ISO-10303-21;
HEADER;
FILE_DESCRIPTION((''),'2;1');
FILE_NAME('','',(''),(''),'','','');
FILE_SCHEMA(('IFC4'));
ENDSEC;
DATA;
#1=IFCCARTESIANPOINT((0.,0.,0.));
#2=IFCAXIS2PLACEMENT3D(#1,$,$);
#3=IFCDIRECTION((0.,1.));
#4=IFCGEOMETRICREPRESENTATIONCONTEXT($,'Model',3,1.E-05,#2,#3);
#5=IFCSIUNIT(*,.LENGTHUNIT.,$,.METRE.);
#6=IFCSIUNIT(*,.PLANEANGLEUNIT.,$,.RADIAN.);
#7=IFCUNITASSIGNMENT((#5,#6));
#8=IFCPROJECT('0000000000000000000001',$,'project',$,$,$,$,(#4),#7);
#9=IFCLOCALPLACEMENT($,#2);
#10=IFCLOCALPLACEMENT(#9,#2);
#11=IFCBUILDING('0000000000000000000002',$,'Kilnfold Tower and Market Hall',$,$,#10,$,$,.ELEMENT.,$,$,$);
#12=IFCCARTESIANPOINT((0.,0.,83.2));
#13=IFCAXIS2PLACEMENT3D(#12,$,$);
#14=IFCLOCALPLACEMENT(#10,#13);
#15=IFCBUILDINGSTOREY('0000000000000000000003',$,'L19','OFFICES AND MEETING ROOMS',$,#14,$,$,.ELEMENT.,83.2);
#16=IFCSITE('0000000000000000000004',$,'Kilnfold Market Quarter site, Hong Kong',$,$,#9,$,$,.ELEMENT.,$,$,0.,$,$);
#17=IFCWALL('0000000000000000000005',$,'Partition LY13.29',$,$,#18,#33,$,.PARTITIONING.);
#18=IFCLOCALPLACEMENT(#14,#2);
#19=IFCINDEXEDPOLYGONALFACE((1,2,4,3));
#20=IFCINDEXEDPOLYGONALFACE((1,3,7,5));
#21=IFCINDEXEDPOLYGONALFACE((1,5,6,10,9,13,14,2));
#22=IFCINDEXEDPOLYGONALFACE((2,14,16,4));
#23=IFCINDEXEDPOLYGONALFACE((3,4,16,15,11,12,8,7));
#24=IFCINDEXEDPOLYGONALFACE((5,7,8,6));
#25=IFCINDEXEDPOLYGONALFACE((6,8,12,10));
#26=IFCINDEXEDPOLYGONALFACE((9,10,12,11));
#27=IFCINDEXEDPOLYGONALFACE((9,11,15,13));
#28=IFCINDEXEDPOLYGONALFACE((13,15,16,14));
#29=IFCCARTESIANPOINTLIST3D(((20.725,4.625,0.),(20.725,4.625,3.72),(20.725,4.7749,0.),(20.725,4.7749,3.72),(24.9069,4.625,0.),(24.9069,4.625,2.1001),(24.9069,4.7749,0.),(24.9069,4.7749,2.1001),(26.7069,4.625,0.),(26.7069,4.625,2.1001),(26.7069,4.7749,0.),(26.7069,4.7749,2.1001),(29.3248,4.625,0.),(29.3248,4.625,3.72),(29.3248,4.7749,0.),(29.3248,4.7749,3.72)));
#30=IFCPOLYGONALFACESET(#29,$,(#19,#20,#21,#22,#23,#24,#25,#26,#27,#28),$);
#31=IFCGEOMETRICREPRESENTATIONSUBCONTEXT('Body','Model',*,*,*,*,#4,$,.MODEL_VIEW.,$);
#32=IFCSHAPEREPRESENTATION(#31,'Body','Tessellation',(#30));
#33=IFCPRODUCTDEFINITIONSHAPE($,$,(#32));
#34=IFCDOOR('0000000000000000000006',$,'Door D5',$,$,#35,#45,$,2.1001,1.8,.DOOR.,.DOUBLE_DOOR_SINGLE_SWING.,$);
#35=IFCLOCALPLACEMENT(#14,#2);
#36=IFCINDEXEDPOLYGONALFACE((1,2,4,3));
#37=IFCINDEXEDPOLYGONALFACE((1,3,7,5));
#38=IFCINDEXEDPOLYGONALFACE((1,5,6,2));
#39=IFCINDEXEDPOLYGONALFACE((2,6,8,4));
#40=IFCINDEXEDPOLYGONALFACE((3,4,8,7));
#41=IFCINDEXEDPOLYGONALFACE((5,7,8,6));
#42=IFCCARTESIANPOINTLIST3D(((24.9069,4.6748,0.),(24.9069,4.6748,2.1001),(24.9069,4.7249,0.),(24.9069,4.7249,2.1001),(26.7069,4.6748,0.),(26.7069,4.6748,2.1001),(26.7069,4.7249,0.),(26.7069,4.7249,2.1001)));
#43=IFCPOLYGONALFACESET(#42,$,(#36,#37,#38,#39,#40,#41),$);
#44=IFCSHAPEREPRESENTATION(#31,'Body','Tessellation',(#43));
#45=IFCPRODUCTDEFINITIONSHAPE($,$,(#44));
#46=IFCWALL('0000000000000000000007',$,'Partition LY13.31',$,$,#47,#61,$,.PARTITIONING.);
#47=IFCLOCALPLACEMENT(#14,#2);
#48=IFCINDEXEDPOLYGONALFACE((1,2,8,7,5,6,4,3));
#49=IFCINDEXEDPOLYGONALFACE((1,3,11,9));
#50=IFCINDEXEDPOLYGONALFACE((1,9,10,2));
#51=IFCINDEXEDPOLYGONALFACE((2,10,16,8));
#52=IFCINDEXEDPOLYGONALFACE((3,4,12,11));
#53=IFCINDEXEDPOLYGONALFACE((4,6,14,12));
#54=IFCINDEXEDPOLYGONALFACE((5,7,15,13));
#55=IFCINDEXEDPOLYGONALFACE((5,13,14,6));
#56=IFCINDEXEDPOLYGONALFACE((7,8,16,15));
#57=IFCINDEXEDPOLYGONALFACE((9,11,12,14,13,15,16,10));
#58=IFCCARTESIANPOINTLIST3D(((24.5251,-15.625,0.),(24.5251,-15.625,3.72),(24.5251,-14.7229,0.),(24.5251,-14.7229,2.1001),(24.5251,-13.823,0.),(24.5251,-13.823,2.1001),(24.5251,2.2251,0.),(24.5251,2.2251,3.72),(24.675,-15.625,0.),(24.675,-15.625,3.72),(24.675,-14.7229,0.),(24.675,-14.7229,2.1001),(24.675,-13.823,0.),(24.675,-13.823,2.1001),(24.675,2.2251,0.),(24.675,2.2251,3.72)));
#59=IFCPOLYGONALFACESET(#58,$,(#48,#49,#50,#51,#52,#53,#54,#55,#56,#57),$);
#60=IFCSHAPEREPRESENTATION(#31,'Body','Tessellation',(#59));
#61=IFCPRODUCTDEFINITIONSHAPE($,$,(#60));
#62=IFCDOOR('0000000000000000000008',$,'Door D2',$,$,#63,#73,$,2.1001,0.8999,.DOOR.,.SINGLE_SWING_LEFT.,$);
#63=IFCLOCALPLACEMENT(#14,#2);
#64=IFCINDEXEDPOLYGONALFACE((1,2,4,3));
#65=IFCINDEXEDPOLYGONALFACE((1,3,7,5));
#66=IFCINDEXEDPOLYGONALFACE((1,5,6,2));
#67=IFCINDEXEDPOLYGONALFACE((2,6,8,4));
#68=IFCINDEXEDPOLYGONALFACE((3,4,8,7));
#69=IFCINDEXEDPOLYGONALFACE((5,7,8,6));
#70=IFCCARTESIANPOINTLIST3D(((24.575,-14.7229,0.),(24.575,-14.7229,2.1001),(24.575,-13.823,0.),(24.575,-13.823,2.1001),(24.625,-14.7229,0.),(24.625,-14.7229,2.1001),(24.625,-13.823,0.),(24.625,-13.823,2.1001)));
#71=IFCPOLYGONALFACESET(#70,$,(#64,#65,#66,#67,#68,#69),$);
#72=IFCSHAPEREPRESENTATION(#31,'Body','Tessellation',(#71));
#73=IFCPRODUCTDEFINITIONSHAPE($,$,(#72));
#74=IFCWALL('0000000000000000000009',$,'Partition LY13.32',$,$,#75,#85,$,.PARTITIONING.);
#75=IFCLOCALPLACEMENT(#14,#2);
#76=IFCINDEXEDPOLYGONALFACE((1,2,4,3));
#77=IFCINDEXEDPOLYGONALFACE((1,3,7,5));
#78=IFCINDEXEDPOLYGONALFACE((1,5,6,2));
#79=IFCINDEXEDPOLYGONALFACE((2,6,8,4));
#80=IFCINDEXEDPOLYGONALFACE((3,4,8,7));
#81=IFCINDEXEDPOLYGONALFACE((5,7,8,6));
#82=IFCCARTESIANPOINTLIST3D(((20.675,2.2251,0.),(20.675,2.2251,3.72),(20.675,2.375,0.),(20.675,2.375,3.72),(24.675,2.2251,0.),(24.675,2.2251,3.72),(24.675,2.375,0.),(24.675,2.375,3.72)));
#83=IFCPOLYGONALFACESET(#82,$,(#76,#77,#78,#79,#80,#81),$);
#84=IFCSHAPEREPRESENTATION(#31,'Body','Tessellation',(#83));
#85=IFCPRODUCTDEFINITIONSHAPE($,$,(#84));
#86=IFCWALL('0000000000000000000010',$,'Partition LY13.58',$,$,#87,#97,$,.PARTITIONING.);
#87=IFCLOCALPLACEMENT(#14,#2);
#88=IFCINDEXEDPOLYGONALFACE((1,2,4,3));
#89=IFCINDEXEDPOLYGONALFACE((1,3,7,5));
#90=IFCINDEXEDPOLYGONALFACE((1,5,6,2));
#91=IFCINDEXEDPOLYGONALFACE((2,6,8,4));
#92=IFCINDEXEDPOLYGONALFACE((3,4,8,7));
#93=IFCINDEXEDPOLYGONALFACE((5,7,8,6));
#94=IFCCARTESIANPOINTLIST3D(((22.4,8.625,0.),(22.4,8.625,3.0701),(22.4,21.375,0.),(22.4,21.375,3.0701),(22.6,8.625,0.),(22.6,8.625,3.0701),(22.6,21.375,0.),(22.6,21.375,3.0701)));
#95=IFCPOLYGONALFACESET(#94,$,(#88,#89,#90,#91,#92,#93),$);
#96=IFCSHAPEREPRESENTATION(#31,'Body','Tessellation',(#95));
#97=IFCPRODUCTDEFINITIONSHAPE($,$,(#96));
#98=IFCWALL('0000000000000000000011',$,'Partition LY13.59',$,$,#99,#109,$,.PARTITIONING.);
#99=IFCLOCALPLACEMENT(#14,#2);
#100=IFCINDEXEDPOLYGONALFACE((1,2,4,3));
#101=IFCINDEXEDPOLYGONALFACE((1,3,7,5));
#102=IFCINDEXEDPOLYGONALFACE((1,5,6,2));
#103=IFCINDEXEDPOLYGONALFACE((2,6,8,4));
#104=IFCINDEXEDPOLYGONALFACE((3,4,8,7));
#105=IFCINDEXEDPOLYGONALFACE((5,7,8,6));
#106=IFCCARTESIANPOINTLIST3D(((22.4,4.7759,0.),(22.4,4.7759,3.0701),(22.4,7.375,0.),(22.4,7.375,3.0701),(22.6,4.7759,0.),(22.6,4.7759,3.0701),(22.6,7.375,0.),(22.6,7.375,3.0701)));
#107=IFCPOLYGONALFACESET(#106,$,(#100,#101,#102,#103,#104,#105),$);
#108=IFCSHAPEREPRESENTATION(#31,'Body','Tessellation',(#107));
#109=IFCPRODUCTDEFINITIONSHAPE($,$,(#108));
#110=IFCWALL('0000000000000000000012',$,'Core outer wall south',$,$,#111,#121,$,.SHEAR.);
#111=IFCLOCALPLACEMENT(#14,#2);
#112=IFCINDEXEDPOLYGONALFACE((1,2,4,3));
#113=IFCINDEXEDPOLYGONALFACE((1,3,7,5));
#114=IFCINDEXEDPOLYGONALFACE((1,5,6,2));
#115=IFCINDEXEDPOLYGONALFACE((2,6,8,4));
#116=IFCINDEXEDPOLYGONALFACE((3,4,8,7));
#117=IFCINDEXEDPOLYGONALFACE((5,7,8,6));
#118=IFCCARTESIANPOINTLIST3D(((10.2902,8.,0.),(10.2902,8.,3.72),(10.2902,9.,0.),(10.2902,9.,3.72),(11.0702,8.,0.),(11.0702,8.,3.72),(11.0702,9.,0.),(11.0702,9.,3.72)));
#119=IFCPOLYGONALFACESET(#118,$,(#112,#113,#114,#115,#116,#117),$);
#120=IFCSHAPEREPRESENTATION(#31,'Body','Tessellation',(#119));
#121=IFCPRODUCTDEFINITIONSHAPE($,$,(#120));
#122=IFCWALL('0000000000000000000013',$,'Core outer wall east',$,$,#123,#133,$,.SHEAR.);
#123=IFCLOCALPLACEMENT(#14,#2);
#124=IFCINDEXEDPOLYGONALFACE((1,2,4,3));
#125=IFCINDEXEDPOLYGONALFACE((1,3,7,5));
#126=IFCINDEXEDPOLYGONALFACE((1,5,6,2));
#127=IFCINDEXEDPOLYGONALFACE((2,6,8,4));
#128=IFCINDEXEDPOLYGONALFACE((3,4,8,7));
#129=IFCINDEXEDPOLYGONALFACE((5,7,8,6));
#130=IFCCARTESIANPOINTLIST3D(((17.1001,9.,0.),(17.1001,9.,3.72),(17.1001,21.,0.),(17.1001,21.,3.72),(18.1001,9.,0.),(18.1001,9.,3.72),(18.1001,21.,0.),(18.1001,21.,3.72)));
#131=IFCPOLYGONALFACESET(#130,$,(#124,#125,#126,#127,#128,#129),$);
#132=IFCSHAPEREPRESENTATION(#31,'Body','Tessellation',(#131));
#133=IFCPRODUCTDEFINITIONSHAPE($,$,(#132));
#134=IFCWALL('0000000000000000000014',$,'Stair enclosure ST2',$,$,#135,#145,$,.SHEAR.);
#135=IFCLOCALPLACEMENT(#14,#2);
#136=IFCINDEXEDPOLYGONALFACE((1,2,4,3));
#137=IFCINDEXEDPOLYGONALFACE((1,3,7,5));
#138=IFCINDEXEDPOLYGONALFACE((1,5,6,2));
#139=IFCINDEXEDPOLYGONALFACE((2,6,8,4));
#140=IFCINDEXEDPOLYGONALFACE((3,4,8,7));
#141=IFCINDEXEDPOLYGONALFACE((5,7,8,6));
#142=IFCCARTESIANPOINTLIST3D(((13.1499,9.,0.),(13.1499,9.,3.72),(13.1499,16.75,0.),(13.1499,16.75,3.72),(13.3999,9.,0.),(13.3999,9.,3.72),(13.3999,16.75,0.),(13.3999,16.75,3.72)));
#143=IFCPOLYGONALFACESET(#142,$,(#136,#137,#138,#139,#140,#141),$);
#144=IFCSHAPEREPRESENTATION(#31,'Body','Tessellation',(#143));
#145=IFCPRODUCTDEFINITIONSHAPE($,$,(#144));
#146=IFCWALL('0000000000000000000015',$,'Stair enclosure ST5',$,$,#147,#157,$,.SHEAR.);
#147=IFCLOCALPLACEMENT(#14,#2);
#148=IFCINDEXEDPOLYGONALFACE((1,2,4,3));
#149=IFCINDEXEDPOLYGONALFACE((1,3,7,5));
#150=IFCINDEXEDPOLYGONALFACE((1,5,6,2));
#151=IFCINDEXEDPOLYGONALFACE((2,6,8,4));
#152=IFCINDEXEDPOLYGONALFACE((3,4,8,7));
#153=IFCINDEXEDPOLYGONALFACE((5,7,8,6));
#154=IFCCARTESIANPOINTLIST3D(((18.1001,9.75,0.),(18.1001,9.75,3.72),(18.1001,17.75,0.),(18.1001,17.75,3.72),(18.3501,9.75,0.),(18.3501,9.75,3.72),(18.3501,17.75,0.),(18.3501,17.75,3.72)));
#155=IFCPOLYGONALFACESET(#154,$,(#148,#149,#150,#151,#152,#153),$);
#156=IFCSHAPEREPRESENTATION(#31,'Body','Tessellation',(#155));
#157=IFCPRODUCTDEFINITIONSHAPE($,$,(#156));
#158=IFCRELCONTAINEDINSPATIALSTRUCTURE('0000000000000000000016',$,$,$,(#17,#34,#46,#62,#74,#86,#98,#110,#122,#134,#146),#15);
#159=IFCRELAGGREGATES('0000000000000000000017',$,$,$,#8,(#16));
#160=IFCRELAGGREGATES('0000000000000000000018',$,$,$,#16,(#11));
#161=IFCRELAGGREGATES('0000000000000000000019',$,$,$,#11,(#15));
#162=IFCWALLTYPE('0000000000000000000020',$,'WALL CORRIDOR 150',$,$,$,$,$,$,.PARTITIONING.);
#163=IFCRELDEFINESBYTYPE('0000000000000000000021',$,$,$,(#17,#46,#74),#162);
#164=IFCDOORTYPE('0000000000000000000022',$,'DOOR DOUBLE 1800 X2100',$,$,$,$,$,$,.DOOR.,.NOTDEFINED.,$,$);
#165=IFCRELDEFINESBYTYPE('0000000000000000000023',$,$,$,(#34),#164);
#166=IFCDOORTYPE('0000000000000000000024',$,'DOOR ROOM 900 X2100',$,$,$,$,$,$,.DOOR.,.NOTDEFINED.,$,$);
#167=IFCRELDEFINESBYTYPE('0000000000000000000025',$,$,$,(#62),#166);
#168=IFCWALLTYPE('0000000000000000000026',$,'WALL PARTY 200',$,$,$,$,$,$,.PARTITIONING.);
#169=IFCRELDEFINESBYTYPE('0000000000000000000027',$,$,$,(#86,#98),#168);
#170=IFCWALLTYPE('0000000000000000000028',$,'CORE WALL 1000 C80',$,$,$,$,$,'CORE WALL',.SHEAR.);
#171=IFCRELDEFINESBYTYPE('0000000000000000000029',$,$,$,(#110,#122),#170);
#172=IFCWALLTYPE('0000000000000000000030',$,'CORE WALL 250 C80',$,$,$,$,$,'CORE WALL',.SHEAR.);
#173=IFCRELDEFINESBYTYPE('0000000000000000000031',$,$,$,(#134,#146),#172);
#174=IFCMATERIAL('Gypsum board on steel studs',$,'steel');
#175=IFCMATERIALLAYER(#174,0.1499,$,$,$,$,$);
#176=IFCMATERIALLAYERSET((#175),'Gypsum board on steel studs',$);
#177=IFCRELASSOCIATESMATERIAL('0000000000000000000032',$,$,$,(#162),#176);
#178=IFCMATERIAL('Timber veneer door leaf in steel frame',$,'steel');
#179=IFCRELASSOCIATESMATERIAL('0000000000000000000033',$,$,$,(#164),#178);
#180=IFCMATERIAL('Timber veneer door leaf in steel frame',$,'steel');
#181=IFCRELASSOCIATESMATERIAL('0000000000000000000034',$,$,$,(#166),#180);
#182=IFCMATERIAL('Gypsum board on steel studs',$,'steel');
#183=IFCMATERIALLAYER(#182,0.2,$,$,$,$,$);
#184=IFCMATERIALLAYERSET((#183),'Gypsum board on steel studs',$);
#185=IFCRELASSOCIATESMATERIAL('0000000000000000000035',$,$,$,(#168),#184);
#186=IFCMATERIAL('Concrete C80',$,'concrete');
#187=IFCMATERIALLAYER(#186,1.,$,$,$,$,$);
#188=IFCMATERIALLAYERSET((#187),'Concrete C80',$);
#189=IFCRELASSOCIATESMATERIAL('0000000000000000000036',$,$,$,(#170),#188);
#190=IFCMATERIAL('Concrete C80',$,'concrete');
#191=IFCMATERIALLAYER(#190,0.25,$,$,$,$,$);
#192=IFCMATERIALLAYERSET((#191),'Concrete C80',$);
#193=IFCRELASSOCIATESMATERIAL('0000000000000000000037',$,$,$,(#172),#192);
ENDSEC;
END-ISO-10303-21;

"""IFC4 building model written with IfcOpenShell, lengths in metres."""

from ifc_helpers import new_model, si_unit, direction, frame, frame_2d, origin, place, context, subcontext, project, spatial, rectangle, extrude, source, transform, mapped, material, layer, layer_set, type_object, element, fill, save


model = new_model("IFC4")

# Units and contexts
model_context = context("Model", 3, precision=1e-05, world=origin(), true_north=direction((0.0, 1.0)))
body_context = subcontext(model_context, "Body", "Model", "MODEL_VIEW")
ifc_project = project(units=[si_unit("LENGTHUNIT", "METRE"), si_unit("PLANEANGLEUNIT", "RADIAN")], contexts=[model_context])

# Site, building, storey
site_placement = place(None, origin())
site = spatial("IfcSite", under=ifc_project, at=site_placement, Name="Kilnfold Market Quarter site, Hong Kong", CompositionType="ELEMENT", RefElevation=0.0)
building_placement = place(site_placement, origin())
building = spatial("IfcBuilding", under=site, at=building_placement, Name="Kilnfold Tower and Market Hall", CompositionType="ELEMENT")
storey_placement = place(building_placement, frame((0.0, 0.0, 83.2)))
storey = spatial("IfcBuildingStorey", under=building, at=storey_placement, Name="L19", Description="OFFICES AND MEETING ROOMS", CompositionType="ELEMENT", Elevation=83.2)

# Shared definitions
ifc_material_1 = material(Name="Gypsum board on steel studs", Category="steel")
ifc_layer_1 = layer(ifc_material_1, 0.1499)
ifc_layer_set_1 = layer_set([ifc_layer_1], Name="Gypsum board on steel studs")
wall_type_1 = type_object("IfcWallType", Name="WALL CORRIDOR 150", PredefinedType="PARTITIONING", material=ifc_layer_set_1)

# Walls, openings, doors
wall_1_placement = place(storey_placement, frame((20.7251, 4.7, 0.0), z_axis=(0.0, 0.0, 1.0), x_axis=(1.0, 0.0, 0.0)))
wall_1 = element("IfcWall", 1, at=wall_1_placement, inside=storey, type_object=wall_type_1, Name="Partition LY13.29", PredefinedType="PARTITIONING", context=body_context, shape_type="SweptSolid", body=[
    extrude(rectangle(XDim=8.5999, YDim=0.1499, at=frame_2d((4.2998, 0.0))), origin(), (0.0, 0.0, 1.0), 3.72),
])
opening_1_placement = place(wall_1_placement, frame((4.1819, 0.0, 0.0)))
opening_1 = element("IfcOpeningElement", 2, at=opening_1_placement, cuts=wall_1, PredefinedType="OPENING", context=body_context, shape_type="SweptSolid", body=[
    extrude(rectangle(XDim=1.8, YDim=2.1001, at=frame_2d((0.8999, 1.05))), frame((0.0, 0.085, 0.0), z_axis=(0.0, -1.0, 0.0), x_axis=(1.0, 0.0, 0.0)), (0.0, 0.0, 1.0), 0.1699),
])
ifc_material_2 = material(Name="Timber veneer door leaf in steel frame", Category="steel")
door_type_1 = type_object("IfcDoorType", Name="DOOR DOUBLE 1800 X2100", OperationType="NOTDEFINED", PredefinedType="DOOR", material=ifc_material_2)
door_1_placement = place(opening_1_placement, origin())
door_1 = element("IfcDoor", 3, at=door_1_placement, inside=storey, type_object=door_type_1, Name="Door D5", OperationType="DOUBLE_DOOR_SINGLE_SWING", OverallHeight=2.1001, OverallWidth=1.8, PredefinedType="DOOR", context=body_context, shape_type="SweptSolid", body=[
    extrude(rectangle(XDim=1.8, YDim=2.1001, at=frame_2d((0.8999, 1.05))), frame((0.0, 0.0249, 0.0), z_axis=(0.0, -1.0, 0.0), x_axis=(1.0, 0.0, 0.0)), (0.0, 0.0, 1.0), 0.05),
])
fill(opening_1, door_1)
wall_2_placement = place(storey_placement, frame((24.6001, 2.2251, 0.0), z_axis=(0.0, 0.0, 1.0), x_axis=(0.0, -1.0, 0.0)))
wall_2 = element("IfcWall", 4, at=wall_2_placement, inside=storey, type_object=wall_type_1, Name="Partition LY13.31", PredefinedType="PARTITIONING", context=body_context, shape_type="SweptSolid", body=[
    extrude(rectangle(XDim=17.8501, YDim=0.1499, at=frame_2d((8.925, 0.0))), origin(), (0.0, 0.0, 1.0), 3.72),
])
opening_2_placement = place(wall_2_placement, frame((16.0481, 0.0, 0.0)))
opening_2 = element("IfcOpeningElement", 5, at=opening_2_placement, cuts=wall_2, PredefinedType="OPENING", context=body_context, shape_type="SweptSolid", body=[
    extrude(rectangle(XDim=0.8999, YDim=2.1001, at=frame_2d((0.45, 1.05))), frame((0.0, 0.085, 0.0), z_axis=(0.0, -1.0, 0.0), x_axis=(1.0, 0.0, 0.0)), (0.0, 0.0, 1.0), 0.1699),
])
ifc_material_3 = material(Name="Timber veneer door leaf in steel frame", Category="steel")
door_type_2 = type_object("IfcDoorType", Name="DOOR ROOM 900 X2100", OperationType="NOTDEFINED", PredefinedType="DOOR", material=ifc_material_3)
door_2_placement = place(opening_2_placement, origin())
door_2 = element("IfcDoor", 6, at=door_2_placement, inside=storey, type_object=door_type_2, Name="Door D2", OperationType="SINGLE_SWING_LEFT", OverallHeight=2.1001, OverallWidth=0.8999, PredefinedType="DOOR", context=body_context, shape_type="SweptSolid", body=[
    extrude(rectangle(XDim=0.8999, YDim=2.1001, at=frame_2d((0.45, 1.05))), frame((0.0, 0.0249, 0.0), z_axis=(0.0, -1.0, 0.0), x_axis=(1.0, 0.0, 0.0)), (0.0, 0.0, 1.0), 0.05),
])
fill(opening_2, door_2)

# Walls
wall_3_placement = place(storey_placement, frame((20.675, 2.3, 0.0), z_axis=(0.0, 0.0, 1.0), x_axis=(1.0, 0.0, 0.0)))
element("IfcWall", 7, at=wall_3_placement, inside=storey, type_object=wall_type_1, Name="Partition LY13.32", PredefinedType="PARTITIONING", context=body_context, shape_type="SweptSolid", body=[
    extrude(rectangle(XDim=4.0, YDim=0.1499, at=frame_2d((2.0, 0.0))), origin(), (0.0, 0.0, 1.0), 3.72),
])
ifc_material_4 = material(Name="Gypsum board on steel studs", Category="steel")
ifc_layer_2 = layer(ifc_material_4, 0.2)
ifc_layer_set_2 = layer_set([ifc_layer_2], Name="Gypsum board on steel studs")
wall_type_2 = type_object("IfcWallType", Name="WALL PARTY 200", PredefinedType="PARTITIONING", material=ifc_layer_set_2)
wall_4_placement = place(storey_placement, frame((22.5, 8.625, 0.0), z_axis=(0.0, 0.0, 1.0), x_axis=(0.0, 1.0, 0.0)))
element("IfcWall", 8, at=wall_4_placement, inside=storey, type_object=wall_type_2, Name="Partition LY13.58", PredefinedType="PARTITIONING", context=body_context, shape_type="SweptSolid", body=[
    extrude(rectangle(XDim=12.75, YDim=0.2, at=frame_2d((6.375, 0.0))), origin(), (0.0, 0.0, 1.0), 3.0701),
])
wall_5_placement = place(storey_placement, frame((22.5, 4.7759, 0.0), z_axis=(0.0, 0.0, 1.0), x_axis=(0.0, 1.0, 0.0)))
element("IfcWall", 9, at=wall_5_placement, inside=storey, type_object=wall_type_2, Name="Partition LY13.59", PredefinedType="PARTITIONING", context=body_context, shape_type="SweptSolid", body=[
    extrude(rectangle(XDim=2.5991, YDim=0.2, at=frame_2d((1.2996, 0.0))), origin(), (0.0, 0.0, 1.0), 3.0701),
])
ifc_material_5 = material(Name="Concrete C80", Category="concrete")
ifc_layer_3 = layer(ifc_material_5, 1.0)
ifc_layer_set_3 = layer_set([ifc_layer_3], Name="Concrete C80")
wall_type_3 = type_object("IfcWallType", Name="CORE WALL 1000 C80", ElementType="CORE WALL", PredefinedType="SHEAR", material=ifc_layer_set_3)
shared_shape_1 = source(origin(), body_context, "Body", "SweptSolid", [
    extrude(rectangle(XDim=0.78, YDim=1.0, at=frame_2d((0.3901, 0.0))), origin(), (0.0, 0.0, 1.0), 3.72),
])
wall_6_placement = place(storey_placement, frame((10.29, 8.5, 0.0), z_axis=(0.0, 0.0, 1.0), x_axis=(1.0, 0.0, 0.0)))
element("IfcWall", 10, at=wall_6_placement, inside=storey, type_object=wall_type_3, Name="Core outer wall south", PredefinedType="SHEAR", context=body_context, shape_type="MappedRepresentation", body=[
    mapped(shared_shape_1, transform((0.0, 0.0, 0.0))),
])

# Walls
shared_shape_2 = source(origin(), body_context, "Body", "SweptSolid", [
    extrude(rectangle(XDim=12.0, YDim=1.0, at=frame_2d((6.0, 0.0))), origin(), (0.0, 0.0, 1.0), 3.72),
])
wall_7_placement = place(storey_placement, frame((17.6001, 9.0, 0.0), z_axis=(0.0, 0.0, 1.0), x_axis=(0.0, 1.0, 0.0)))
element("IfcWall", 11, at=wall_7_placement, inside=storey, type_object=wall_type_3, Name="Core outer wall east", PredefinedType="SHEAR", context=body_context, shape_type="MappedRepresentation", body=[
    mapped(shared_shape_2, transform((0.0, 0.0, 0.0))),
])
ifc_material_6 = material(Name="Concrete C80", Category="concrete")
ifc_layer_4 = layer(ifc_material_6, 0.25)
ifc_layer_set_4 = layer_set([ifc_layer_4], Name="Concrete C80")
wall_type_4 = type_object("IfcWallType", Name="CORE WALL 250 C80", ElementType="CORE WALL", PredefinedType="SHEAR", material=ifc_layer_set_4)
shared_shape_3 = source(origin(), body_context, "Body", "SweptSolid", [
    extrude(rectangle(XDim=7.75, YDim=0.25, at=frame_2d((3.875, 0.0))), origin(), (0.0, 0.0, 1.0), 3.72),
])
wall_8_placement = place(storey_placement, frame((13.2749, 9.0, 0.0), z_axis=(0.0, 0.0, 1.0), x_axis=(0.0, 1.0, 0.0)))
element("IfcWall", 12, at=wall_8_placement, inside=storey, type_object=wall_type_4, Name="Stair enclosure ST2", PredefinedType="SHEAR", context=body_context, shape_type="MappedRepresentation", body=[
    mapped(shared_shape_3, transform((0.0, 0.0, 0.0))),
])
shared_shape_4 = source(origin(), body_context, "Body", "SweptSolid", [
    extrude(rectangle(XDim=8.0, YDim=0.25, at=frame_2d((4.0, 0.0))), origin(), (0.0, 0.0, 1.0), 3.72),
])
wall_9_placement = place(storey_placement, frame((18.2251, 9.75, 0.0), z_axis=(0.0, 0.0, 1.0), x_axis=(0.0, 1.0, 0.0)))
element("IfcWall", 13, at=wall_9_placement, inside=storey, type_object=wall_type_4, Name="Stair enclosure ST5", PredefinedType="SHEAR", context=body_context, shape_type="MappedRepresentation", body=[
    mapped(shared_shape_4, transform((0.0, 0.0, 0.0))),
])

save(model, "model.ifc")
